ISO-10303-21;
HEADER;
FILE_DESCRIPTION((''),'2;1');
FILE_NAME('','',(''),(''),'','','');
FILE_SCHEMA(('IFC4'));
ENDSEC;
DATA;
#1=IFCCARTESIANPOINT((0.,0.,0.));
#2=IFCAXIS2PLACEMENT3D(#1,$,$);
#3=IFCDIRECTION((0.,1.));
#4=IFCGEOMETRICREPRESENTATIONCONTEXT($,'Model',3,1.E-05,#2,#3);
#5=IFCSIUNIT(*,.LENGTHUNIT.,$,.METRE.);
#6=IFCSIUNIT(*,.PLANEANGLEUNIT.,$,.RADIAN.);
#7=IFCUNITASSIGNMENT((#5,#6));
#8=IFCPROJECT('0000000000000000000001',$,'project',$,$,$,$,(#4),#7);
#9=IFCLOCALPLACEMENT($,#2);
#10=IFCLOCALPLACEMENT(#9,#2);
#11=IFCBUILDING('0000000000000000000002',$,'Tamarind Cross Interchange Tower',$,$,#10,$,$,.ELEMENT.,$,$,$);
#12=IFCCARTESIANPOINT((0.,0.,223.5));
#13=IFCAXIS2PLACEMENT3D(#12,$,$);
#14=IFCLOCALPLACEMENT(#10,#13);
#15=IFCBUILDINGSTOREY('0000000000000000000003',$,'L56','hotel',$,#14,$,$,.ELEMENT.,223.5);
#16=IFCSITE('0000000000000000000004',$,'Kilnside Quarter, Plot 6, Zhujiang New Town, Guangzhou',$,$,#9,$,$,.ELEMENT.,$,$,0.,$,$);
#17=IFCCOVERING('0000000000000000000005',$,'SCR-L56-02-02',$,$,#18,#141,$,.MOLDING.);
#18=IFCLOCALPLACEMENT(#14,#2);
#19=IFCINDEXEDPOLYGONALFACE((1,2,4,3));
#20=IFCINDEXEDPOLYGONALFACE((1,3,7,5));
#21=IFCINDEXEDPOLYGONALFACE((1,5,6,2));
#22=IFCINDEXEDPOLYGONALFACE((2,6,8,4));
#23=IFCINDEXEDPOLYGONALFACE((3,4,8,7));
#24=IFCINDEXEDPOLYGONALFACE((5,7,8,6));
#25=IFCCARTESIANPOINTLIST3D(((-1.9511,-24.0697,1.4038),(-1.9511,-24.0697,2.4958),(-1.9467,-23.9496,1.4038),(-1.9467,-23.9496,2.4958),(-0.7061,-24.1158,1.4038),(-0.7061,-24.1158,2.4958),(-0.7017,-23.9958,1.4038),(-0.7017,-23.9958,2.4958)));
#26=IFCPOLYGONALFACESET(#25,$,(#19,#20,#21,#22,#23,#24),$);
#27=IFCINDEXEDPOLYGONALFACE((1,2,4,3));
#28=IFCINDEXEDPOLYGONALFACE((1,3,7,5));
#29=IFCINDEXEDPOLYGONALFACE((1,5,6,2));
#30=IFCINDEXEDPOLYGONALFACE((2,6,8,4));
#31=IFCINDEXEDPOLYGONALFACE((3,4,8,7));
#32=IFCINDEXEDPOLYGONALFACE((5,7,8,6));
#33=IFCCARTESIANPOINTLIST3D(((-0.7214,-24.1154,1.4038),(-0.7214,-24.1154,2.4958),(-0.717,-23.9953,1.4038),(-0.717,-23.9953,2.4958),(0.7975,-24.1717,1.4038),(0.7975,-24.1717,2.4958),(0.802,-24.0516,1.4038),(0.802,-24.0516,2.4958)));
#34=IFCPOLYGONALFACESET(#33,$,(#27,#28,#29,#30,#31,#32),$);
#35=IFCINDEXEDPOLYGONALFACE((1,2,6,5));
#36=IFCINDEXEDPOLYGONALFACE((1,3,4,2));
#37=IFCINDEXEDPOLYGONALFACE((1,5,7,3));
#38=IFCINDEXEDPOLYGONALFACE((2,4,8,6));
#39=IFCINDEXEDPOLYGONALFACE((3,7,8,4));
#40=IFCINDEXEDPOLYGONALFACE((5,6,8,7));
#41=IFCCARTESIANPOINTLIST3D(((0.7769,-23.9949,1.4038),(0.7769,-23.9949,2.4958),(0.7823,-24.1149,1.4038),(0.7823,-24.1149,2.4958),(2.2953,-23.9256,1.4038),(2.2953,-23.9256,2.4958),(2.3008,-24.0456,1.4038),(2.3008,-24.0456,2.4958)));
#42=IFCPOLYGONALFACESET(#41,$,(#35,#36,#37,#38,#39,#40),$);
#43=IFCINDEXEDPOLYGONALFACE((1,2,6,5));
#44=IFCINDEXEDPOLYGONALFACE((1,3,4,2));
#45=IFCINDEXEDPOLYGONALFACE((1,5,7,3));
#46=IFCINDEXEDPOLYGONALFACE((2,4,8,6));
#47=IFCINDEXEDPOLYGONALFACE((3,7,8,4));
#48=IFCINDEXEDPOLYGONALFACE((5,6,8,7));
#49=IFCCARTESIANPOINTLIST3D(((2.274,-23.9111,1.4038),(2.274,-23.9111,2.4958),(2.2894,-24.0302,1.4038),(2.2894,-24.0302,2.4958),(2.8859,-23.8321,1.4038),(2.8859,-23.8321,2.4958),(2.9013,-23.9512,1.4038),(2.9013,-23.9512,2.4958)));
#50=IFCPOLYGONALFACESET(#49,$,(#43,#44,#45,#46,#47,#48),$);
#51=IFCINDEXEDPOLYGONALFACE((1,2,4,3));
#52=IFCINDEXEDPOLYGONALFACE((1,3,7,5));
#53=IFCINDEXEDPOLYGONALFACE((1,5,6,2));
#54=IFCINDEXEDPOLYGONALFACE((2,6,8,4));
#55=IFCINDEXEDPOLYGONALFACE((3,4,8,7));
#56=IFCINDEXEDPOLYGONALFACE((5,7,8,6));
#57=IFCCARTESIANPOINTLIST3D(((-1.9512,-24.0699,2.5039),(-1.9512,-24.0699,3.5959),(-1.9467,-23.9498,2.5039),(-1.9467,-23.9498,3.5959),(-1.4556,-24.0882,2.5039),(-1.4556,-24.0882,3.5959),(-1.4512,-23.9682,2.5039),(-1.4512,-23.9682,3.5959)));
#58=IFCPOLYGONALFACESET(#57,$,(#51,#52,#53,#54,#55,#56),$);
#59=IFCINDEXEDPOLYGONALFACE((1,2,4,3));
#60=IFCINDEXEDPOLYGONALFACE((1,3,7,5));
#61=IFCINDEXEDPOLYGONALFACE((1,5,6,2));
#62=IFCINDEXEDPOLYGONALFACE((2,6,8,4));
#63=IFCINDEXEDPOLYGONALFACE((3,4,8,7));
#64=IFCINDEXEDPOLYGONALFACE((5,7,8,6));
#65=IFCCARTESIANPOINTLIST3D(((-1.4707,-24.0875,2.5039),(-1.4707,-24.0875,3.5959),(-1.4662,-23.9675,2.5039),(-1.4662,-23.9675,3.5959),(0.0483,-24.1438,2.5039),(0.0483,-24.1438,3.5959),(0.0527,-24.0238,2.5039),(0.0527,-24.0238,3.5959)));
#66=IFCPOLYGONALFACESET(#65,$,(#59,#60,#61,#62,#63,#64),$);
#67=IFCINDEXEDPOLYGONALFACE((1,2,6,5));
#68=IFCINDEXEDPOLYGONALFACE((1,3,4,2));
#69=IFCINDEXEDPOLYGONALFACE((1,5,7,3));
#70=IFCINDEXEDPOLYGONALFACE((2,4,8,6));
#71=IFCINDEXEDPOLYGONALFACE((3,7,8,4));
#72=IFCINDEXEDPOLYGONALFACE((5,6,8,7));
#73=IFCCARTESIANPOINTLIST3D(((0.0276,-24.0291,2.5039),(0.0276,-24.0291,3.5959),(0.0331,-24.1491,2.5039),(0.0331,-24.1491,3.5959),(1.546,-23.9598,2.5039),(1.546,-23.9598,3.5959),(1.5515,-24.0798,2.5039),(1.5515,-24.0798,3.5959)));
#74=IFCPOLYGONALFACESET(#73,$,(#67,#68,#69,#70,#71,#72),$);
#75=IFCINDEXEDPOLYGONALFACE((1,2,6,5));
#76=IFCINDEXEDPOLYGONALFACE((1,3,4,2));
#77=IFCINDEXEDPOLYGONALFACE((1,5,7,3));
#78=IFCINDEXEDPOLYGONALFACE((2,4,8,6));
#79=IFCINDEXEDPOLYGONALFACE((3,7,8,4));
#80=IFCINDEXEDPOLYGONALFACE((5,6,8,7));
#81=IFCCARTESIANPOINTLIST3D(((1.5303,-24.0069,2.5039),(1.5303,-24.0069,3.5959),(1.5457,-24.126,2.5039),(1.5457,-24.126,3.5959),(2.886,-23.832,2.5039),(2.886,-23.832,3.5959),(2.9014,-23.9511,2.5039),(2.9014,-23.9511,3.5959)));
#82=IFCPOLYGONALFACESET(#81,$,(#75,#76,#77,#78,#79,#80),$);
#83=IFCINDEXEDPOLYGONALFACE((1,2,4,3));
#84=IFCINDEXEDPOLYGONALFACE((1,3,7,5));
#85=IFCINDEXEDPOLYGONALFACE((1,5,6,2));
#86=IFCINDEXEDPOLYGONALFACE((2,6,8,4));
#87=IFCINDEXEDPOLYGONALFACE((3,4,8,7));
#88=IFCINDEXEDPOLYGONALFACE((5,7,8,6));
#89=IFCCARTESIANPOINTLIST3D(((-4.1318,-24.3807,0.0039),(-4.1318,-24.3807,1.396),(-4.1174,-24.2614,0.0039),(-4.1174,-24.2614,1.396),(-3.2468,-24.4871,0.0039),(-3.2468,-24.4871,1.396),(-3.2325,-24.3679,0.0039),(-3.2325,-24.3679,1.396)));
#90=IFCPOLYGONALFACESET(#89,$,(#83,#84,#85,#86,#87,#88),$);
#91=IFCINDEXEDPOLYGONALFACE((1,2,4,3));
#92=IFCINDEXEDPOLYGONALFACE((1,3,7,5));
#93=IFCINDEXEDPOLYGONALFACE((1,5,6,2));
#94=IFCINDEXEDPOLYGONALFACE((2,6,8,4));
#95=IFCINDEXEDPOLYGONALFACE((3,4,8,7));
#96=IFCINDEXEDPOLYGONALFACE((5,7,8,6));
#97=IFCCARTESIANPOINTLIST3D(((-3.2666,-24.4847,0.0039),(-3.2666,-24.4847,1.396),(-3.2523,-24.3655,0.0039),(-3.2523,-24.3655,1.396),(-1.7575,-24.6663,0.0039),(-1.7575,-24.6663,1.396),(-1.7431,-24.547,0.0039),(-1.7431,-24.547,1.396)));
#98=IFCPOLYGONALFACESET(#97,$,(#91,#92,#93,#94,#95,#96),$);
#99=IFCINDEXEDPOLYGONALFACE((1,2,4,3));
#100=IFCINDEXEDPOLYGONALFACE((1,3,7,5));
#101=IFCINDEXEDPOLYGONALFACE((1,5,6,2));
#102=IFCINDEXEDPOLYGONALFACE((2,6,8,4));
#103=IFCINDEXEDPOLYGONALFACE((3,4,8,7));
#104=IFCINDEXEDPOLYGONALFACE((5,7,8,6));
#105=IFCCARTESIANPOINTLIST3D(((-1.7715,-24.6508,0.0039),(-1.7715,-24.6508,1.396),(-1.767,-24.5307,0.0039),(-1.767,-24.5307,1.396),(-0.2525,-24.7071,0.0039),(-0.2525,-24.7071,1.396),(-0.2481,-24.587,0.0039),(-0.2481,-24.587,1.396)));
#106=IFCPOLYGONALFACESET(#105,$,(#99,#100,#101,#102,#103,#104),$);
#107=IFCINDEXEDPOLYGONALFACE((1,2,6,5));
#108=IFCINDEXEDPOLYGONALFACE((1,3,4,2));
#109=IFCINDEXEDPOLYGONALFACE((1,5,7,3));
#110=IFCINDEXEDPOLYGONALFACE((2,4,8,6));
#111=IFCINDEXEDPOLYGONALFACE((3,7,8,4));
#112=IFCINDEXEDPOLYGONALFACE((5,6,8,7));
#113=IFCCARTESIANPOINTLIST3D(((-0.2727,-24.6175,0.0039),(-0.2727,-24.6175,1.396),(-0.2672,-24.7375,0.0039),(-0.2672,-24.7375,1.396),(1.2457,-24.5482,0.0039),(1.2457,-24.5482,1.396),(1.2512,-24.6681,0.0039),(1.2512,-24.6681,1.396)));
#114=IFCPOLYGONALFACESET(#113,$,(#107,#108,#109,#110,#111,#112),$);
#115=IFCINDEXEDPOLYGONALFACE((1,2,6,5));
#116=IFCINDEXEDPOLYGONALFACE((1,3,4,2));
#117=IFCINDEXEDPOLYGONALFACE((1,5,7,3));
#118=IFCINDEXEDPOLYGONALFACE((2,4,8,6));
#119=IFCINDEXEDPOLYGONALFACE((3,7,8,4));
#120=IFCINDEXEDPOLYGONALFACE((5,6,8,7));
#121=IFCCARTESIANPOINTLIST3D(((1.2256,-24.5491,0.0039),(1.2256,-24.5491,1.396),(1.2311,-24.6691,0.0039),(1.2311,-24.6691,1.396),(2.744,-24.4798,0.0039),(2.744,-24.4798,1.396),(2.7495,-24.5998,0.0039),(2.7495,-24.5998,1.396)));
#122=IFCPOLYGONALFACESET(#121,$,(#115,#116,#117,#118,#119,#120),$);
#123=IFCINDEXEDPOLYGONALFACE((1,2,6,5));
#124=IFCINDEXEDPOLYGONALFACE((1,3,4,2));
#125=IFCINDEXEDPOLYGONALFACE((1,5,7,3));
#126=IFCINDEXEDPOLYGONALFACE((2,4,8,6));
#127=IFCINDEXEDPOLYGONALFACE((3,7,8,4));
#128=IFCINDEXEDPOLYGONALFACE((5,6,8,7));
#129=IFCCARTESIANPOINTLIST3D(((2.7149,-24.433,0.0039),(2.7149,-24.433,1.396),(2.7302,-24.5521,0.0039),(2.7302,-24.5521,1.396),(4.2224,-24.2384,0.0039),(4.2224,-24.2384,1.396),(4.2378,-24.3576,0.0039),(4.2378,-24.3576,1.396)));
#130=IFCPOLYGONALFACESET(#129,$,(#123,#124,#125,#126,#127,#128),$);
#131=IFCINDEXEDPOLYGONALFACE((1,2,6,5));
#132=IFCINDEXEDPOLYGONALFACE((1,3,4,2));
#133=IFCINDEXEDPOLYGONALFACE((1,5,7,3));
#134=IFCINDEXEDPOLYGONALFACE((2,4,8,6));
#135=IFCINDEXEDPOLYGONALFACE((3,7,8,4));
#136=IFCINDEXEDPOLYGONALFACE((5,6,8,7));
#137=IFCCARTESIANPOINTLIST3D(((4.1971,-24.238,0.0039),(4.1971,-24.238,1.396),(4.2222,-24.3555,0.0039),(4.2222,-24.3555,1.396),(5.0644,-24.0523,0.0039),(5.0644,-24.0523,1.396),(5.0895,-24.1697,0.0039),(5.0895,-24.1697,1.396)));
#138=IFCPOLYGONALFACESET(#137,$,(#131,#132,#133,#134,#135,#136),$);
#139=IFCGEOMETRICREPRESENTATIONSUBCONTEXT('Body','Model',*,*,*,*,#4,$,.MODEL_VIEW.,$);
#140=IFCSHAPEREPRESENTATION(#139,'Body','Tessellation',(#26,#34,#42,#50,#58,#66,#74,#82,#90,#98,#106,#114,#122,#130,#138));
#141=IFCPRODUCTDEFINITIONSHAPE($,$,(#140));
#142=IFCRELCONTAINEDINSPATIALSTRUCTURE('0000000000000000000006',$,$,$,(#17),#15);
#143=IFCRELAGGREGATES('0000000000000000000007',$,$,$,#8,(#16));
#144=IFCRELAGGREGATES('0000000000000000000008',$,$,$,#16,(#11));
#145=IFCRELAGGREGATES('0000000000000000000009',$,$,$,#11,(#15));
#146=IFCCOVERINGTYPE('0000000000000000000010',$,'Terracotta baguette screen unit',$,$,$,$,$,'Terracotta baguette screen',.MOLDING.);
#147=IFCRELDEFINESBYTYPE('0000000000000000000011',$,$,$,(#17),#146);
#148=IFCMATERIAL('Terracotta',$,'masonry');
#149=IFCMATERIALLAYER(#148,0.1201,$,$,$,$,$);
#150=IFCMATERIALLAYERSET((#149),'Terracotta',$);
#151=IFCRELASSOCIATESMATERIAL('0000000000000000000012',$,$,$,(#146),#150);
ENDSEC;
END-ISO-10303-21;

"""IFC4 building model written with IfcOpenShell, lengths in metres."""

from ifc_helpers import new_model, si_unit, direction, frame, origin, origin_2d, place, context, subcontext, project, spatial, rectangle, extrude, material, layer, layer_set, type_object, element, save


model = new_model("IFC4")

# Units and contexts
model_context = context("Model", 3, precision=1e-05, world=origin(), true_north=direction((0.0, 1.0)))
body_context = subcontext(model_context, "Body", "Model", "MODEL_VIEW")
ifc_project = project(units=[si_unit("LENGTHUNIT", "METRE"), si_unit("PLANEANGLEUNIT", "RADIAN")], contexts=[model_context])

# Site, building, storey
site_placement = place(None, origin())
site = spatial("IfcSite", under=ifc_project, at=site_placement, Name="Kilnside Quarter, Plot 6, Zhujiang New Town, Guangzhou", CompositionType="ELEMENT", RefElevation=0.0)
building_placement = place(site_placement, origin())
building = spatial("IfcBuilding", under=site, at=building_placement, Name="Tamarind Cross Interchange Tower", CompositionType="ELEMENT")
storey_placement = place(building_placement, frame((0.0, 0.0, 223.5)))
storey = spatial("IfcBuildingStorey", under=building, at=storey_placement, Name="L56", Description="hotel", CompositionType="ELEMENT", Elevation=223.5)

# Covering
ifc_material_1 = material(Name="Terracotta", Category="masonry")
ifc_layer_1 = layer(ifc_material_1, 0.1201)
ifc_layer_set_1 = layer_set([ifc_layer_1], Name="Terracotta")
covering_type = type_object("IfcCoveringType", Name="Terracotta baguette screen unit", ElementType="Terracotta baguette screen", PredefinedType="MOLDING", material=ifc_layer_set_1)
covering_1_placement = place(storey_placement, origin())
element("IfcCovering", 1, at=covering_1_placement, inside=storey, type_object=covering_type, Name="SCR-L56-02-02", PredefinedType="MOLDING", context=body_context, shape_type="SweptSolid", body=[
    extrude(rectangle(XDim=1.2458, YDim=0.1201, at=origin_2d()), frame((-1.3264, -24.0327, 1.4038), z_axis=(0.0, 0.0, 1.0), x_axis=(0.999314, -0.037025, 0.0)), (0.0, 0.0, 1.0), 1.092),
    extrude(rectangle(XDim=1.52, YDim=0.1201, at=origin_2d()), frame((0.0403, -24.0835, 1.4038), z_axis=(0.0, 0.0, 1.0), x_axis=(0.999314, -0.037025, 0.0)), (0.0, 0.0, 1.0), 1.092),
    extrude(rectangle(XDim=1.52, YDim=0.1201, at=origin_2d()), frame((1.5388, -24.0203, 1.4038), z_axis=(0.0, 0.0, 1.0), x_axis=(0.998959, 0.045624, 0.0)), (0.0, 0.0, 1.0), 1.092),
    extrude(rectangle(XDim=0.6169, YDim=0.1201, at=origin_2d()), frame((2.5876, -23.9312, 1.4038), z_axis=(0.0, 0.0, 1.0), x_axis=(0.991779, 0.127962, 0.0)), (0.0, 0.0, 1.0), 1.092),
    extrude(rectangle(XDim=0.4958, YDim=0.1201, at=origin_2d()), frame((-1.7012, -24.019, 2.5039), z_axis=(0.0, 0.0, 1.0), x_axis=(0.999314, -0.037025, 0.0)), (0.0, 0.0, 1.0), 1.092),
    extrude(rectangle(XDim=1.52, YDim=0.1201, at=origin_2d()), frame((-0.709, -24.0557, 2.5039), z_axis=(0.0, 0.0, 1.0), x_axis=(0.999314, -0.037025, 0.0)), (0.0, 0.0, 1.0), 1.092),
    extrude(rectangle(XDim=1.52, YDim=0.1201, at=origin_2d()), frame((0.7896, -24.0544, 2.5039), z_axis=(0.0, 0.0, 1.0), x_axis=(0.998959, 0.045624, 0.0)), (0.0, 0.0, 1.0), 1.092),
    extrude(rectangle(XDim=1.3669, YDim=0.1201, at=origin_2d()), frame((2.2158, -23.979, 2.5039), z_axis=(0.0, 0.0, 1.0), x_axis=(0.991779, 0.127962, 0.0)), (0.0, 0.0, 1.0), 1.092),
    extrude(rectangle(XDim=0.8914, YDim=0.1201, at=origin_2d()), frame((-3.6821, -24.3743, 0.0039), z_axis=(0.0, 0.0, 1.0), x_axis=(0.992844, -0.119421, 0.0)), (0.0, 0.0, 1.0), 1.3921),
    extrude(rectangle(XDim=1.52, YDim=0.1201, at=origin_2d()), frame((-2.5049, -24.5159, 0.0039), z_axis=(0.0, 0.0, 1.0), x_axis=(0.992844, -0.119421, 0.0)), (0.0, 0.0, 1.0), 1.3921),
    extrude(rectangle(XDim=1.52, YDim=0.1201, at=origin_2d()), frame((-1.0098, -24.6189, 0.0039), z_axis=(0.0, 0.0, 1.0), x_axis=(0.999314, -0.037025, 0.0)), (0.0, 0.0, 1.0), 1.3921),
    extrude(rectangle(XDim=1.52, YDim=0.1201, at=origin_2d()), frame((0.4893, -24.6428, 0.0039), z_axis=(0.0, 0.0, 1.0), x_axis=(0.998959, 0.045624, 0.0)), (0.0, 0.0, 1.0), 1.3921),
    extrude(rectangle(XDim=1.52, YDim=0.1201, at=origin_2d()), frame((1.9875, -24.5745, 0.0039), z_axis=(0.0, 0.0, 1.0), x_axis=(0.998959, 0.045624, 0.0)), (0.0, 0.0, 1.0), 1.3921),
    extrude(rectangle(XDim=1.52, YDim=0.1201, at=origin_2d()), frame((3.4763, -24.3953, 0.0039), z_axis=(0.0, 0.0, 1.0), x_axis=(0.991779, 0.127962, 0.0)), (0.0, 0.0, 1.0), 1.3921),
    extrude(rectangle(XDim=0.887, YDim=0.1201, at=origin_2d()), frame((4.6433, -24.2039, 0.0039), z_axis=(0.0, 0.0, 1.0), x_axis=(0.977825, 0.209425, 0.0)), (0.0, 0.0, 1.0), 1.3921),
])

save(model, "model.ifc")
